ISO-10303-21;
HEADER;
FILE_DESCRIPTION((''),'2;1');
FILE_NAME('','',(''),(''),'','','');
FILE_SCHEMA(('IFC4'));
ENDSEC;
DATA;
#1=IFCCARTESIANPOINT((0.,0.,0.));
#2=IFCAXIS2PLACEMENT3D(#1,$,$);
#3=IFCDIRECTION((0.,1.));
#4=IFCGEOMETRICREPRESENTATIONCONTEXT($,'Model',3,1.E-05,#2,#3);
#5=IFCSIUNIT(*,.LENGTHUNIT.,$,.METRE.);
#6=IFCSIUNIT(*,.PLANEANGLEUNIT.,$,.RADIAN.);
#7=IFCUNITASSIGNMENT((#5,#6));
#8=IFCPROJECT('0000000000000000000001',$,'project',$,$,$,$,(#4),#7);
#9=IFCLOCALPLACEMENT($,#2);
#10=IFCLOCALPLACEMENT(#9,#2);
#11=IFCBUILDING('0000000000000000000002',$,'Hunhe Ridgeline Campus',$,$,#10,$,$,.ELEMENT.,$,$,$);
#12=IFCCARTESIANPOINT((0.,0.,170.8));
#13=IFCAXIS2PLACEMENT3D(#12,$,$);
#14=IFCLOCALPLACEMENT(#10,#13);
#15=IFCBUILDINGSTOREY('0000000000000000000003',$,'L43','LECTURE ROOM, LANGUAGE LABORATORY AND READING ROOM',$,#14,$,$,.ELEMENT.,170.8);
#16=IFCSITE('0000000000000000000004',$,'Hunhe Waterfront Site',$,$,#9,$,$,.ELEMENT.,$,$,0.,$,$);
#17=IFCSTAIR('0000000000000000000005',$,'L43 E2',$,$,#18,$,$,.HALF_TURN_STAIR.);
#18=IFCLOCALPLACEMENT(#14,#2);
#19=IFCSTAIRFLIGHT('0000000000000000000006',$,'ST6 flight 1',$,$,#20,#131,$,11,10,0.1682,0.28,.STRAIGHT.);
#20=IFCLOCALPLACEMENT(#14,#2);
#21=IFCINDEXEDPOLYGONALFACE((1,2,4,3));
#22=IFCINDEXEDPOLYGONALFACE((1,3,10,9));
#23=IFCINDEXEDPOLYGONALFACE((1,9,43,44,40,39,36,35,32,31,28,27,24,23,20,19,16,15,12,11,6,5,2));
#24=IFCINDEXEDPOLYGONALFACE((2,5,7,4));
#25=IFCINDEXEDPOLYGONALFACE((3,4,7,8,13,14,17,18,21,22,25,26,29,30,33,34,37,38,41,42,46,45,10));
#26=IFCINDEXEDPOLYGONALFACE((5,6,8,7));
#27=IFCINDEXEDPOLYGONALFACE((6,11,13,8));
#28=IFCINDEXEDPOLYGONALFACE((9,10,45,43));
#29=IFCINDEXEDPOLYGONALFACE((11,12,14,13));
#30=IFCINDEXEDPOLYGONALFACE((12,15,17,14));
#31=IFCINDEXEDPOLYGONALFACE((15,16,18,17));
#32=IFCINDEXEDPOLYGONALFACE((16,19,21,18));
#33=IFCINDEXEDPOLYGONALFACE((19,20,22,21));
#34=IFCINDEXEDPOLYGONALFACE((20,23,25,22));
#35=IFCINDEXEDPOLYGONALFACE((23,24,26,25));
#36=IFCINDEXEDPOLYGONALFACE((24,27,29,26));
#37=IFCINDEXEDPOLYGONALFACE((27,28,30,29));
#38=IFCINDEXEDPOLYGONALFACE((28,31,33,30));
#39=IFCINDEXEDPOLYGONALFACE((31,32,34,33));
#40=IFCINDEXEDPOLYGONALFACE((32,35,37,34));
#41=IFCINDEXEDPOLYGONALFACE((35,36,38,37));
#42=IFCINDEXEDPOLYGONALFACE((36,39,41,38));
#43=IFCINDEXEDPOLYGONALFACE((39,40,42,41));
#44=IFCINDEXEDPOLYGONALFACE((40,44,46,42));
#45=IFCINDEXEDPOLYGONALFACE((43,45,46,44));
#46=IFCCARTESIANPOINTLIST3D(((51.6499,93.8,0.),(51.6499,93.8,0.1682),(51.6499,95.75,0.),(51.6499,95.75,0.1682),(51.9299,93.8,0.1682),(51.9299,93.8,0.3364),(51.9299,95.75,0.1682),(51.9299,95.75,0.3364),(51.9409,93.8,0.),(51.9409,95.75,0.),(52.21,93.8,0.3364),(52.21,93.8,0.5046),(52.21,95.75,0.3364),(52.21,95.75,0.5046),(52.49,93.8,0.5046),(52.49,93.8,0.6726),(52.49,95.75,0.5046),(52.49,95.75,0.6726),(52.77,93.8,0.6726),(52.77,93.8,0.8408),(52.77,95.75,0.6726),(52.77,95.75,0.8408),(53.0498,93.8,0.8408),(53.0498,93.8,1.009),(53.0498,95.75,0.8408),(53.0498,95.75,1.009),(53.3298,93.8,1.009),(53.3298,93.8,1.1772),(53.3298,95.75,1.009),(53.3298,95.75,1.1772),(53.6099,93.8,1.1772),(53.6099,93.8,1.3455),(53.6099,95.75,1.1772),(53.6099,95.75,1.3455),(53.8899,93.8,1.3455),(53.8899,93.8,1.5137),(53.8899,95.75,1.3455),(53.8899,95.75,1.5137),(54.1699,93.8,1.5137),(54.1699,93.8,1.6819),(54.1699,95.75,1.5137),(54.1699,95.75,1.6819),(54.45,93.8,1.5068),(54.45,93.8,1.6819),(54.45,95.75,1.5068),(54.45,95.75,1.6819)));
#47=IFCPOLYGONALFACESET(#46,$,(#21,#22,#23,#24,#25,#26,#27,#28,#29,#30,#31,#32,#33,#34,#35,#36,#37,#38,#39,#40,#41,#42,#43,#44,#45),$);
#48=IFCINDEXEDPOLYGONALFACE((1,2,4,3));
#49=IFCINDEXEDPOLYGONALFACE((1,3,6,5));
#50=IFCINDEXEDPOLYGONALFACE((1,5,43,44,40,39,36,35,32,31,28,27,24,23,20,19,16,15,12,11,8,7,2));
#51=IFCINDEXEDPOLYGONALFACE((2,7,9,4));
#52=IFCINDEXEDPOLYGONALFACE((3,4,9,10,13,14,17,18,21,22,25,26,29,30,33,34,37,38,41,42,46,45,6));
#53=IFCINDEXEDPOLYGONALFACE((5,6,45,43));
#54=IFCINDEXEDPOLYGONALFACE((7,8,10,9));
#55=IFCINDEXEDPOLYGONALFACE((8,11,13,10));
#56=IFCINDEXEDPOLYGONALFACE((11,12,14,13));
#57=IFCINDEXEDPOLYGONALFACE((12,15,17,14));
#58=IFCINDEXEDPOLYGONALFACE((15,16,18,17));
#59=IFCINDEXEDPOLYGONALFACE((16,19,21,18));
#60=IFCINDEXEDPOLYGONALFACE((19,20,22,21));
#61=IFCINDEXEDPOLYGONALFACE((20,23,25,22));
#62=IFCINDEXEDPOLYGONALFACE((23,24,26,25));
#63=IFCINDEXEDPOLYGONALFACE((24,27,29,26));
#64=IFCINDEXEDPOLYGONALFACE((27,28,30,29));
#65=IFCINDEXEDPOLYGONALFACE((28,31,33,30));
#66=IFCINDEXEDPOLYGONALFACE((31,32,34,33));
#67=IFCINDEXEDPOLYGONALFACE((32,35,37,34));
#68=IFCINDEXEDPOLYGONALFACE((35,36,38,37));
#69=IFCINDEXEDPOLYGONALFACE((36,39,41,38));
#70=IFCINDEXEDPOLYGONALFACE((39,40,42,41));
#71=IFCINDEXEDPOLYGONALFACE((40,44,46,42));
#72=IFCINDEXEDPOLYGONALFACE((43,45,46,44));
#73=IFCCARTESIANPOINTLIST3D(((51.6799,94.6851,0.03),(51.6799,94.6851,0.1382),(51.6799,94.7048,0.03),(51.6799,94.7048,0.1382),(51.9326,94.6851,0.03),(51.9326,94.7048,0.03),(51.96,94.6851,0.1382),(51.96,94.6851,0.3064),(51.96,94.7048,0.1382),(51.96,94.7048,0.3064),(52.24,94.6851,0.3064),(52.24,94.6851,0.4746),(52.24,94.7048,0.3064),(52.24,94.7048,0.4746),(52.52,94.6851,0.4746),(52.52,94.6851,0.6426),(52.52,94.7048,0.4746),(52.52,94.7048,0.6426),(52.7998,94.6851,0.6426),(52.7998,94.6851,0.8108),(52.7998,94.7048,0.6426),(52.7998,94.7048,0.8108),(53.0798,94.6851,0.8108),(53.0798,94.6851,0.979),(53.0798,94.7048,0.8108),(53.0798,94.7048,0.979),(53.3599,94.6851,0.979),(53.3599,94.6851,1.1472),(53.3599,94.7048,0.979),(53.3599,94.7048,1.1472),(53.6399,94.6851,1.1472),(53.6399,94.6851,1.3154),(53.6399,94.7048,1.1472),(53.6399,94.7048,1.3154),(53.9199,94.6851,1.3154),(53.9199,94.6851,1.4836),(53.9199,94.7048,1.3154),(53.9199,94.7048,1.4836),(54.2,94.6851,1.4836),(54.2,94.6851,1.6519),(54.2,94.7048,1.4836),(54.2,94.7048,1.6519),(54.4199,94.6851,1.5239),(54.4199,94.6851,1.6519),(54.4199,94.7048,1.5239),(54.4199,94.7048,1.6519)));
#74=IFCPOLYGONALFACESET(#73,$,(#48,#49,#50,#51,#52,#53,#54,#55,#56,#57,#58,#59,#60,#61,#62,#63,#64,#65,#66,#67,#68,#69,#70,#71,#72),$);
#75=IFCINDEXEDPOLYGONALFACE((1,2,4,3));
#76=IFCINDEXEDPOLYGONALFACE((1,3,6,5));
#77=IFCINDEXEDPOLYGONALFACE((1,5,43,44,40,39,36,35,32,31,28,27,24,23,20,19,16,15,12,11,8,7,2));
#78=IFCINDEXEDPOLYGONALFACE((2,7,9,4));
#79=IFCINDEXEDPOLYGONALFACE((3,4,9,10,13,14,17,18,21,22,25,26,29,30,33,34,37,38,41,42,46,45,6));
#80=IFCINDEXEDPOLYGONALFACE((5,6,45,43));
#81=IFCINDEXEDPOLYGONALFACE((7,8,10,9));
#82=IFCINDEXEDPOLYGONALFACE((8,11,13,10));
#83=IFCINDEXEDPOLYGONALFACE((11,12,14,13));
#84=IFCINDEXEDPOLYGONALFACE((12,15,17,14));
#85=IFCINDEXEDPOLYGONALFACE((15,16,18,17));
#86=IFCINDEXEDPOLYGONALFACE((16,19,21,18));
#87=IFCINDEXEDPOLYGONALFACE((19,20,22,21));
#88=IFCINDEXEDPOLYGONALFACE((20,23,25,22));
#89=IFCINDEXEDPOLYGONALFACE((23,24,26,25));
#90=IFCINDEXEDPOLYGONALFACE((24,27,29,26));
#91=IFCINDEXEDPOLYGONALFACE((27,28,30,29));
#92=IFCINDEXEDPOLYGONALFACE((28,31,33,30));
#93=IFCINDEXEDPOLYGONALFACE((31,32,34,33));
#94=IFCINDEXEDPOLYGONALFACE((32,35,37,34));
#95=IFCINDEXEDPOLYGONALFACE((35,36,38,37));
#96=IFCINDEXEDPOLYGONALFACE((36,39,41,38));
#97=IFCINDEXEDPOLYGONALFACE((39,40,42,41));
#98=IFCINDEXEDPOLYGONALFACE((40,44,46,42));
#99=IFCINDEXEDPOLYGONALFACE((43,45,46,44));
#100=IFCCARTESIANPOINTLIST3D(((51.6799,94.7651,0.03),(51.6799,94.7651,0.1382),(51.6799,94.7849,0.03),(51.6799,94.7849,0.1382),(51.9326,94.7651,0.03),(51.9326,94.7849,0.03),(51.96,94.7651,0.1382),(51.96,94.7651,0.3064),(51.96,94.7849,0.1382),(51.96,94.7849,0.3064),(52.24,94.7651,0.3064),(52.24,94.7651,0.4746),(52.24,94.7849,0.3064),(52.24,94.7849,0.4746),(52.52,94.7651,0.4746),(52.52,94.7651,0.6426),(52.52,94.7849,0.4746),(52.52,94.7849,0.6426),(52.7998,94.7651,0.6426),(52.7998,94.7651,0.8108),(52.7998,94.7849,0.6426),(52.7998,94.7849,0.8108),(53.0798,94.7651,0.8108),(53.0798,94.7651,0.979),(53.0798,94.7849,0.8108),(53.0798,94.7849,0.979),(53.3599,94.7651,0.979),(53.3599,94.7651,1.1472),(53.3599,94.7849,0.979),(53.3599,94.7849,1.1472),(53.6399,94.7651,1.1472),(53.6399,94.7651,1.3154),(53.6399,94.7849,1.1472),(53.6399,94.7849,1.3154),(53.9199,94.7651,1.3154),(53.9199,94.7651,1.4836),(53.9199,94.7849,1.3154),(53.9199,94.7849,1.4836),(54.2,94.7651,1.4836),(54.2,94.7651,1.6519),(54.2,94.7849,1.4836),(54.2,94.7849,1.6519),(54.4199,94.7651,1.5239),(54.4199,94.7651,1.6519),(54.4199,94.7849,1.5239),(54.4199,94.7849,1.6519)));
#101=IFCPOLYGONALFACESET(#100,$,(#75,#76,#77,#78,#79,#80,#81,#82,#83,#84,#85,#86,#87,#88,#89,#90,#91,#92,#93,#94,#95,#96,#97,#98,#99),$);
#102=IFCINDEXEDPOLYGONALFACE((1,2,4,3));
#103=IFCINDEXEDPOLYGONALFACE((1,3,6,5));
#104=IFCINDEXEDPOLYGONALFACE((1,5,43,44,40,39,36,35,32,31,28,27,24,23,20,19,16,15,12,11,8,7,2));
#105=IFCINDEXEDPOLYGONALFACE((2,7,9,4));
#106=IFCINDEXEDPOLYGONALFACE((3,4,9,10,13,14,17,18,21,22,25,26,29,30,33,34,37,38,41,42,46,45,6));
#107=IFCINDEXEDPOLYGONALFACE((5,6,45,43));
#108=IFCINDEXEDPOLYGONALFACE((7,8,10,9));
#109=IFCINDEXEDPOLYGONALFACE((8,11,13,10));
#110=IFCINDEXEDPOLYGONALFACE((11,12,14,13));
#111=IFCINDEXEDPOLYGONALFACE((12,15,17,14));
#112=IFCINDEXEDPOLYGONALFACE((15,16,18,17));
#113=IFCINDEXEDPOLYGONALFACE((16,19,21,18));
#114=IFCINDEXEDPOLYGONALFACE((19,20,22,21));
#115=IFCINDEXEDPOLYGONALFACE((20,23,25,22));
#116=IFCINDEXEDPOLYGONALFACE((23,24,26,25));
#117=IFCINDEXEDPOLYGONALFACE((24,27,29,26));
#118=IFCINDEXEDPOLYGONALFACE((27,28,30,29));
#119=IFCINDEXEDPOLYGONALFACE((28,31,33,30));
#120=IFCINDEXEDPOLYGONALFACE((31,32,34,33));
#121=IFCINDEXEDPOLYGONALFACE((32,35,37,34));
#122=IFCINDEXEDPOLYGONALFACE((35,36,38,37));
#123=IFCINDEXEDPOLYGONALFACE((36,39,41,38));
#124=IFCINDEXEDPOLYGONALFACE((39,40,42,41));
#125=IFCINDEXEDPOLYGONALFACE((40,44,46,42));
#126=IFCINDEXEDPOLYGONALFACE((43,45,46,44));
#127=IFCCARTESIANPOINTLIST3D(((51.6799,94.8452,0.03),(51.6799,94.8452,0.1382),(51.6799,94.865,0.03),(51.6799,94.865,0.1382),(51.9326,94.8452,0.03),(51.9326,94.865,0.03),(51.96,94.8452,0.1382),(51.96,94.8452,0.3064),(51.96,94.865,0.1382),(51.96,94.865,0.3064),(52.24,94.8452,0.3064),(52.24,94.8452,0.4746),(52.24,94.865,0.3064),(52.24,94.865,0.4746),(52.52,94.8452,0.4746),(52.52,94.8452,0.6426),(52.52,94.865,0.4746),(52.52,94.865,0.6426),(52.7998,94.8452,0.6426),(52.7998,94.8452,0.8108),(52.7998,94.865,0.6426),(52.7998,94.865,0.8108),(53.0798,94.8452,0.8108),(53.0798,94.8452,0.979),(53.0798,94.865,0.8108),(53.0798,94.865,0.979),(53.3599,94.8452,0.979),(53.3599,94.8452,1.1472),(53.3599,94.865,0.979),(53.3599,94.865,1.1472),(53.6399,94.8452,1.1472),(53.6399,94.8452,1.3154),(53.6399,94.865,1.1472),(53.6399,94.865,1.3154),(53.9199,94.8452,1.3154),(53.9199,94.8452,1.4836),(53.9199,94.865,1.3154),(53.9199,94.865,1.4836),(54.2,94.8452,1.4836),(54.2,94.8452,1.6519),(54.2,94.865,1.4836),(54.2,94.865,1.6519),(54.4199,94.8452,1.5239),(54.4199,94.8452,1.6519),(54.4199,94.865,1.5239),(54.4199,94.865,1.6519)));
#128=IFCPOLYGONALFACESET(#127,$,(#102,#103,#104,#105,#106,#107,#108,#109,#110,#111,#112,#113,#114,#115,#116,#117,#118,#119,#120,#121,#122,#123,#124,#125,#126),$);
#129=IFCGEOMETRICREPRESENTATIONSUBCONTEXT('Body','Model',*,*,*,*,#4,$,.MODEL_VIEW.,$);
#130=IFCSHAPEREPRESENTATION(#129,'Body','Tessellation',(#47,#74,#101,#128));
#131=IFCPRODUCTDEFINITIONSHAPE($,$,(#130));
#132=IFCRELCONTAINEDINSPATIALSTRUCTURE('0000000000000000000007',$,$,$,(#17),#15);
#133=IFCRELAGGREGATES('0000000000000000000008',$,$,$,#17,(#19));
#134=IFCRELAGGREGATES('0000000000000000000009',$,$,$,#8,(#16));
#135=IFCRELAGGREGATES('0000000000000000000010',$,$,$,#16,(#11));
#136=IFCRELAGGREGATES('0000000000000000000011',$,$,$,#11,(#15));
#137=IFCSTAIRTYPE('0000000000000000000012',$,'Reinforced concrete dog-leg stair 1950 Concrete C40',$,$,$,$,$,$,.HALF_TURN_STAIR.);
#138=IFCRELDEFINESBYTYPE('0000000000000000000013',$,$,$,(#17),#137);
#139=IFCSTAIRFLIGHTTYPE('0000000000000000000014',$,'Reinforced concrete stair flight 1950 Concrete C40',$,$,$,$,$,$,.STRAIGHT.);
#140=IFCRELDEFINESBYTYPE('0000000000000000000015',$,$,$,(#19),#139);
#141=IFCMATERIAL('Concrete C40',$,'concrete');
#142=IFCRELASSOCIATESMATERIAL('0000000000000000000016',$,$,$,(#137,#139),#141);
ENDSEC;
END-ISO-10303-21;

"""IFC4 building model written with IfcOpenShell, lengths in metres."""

from ifc_helpers import new_model, si_unit, direction, frame, origin, place, context, subcontext, project, spatial, polyline, outline, extrude, material, type_object, element, aggregate, save


model = new_model("IFC4")

# Units and contexts
model_context = context("Model", 3, precision=1e-05, world=origin(), true_north=direction((0.0, 1.0)))
body_context = subcontext(model_context, "Body", "Model", "MODEL_VIEW")
ifc_project = project(units=[si_unit("LENGTHUNIT", "METRE"), si_unit("PLANEANGLEUNIT", "RADIAN")], contexts=[model_context])

# Site, building, storey
site_placement = place(None, origin())
site = spatial("IfcSite", under=ifc_project, at=site_placement, Name="Hunhe Waterfront Site", CompositionType="ELEMENT", RefElevation=0.0)
building_placement = place(site_placement, origin())
building = spatial("IfcBuilding", under=site, at=building_placement, Name="Hunhe Ridgeline Campus", CompositionType="ELEMENT")
storey_placement = place(building_placement, frame((0.0, 0.0, 170.8)))
storey = spatial("IfcBuildingStorey", under=building, at=storey_placement, Name="L43", Description="LECTURE ROOM, LANGUAGE LABORATORY AND READING ROOM", CompositionType="ELEMENT", Elevation=170.8)

# Shared definitions
ifc_material_1 = material(Name="Concrete C40", Category="concrete")
stair_type = type_object("IfcStairType", Name="Reinforced concrete dog-leg stair 1950 Concrete C40", PredefinedType="HALF_TURN_STAIR", material=ifc_material_1)
stair_flight_type = type_object("IfcStairFlightType", Name="Reinforced concrete stair flight 1950 Concrete C40", PredefinedType="STRAIGHT", material=ifc_material_1)

# Stair, stair flight
stair_1_placement = place(storey_placement, origin())
stair_1 = element("IfcStair", 1, at=stair_1_placement, inside=storey, type_object=stair_type, Name="L43 E2", PredefinedType="HALF_TURN_STAIR")
stair_flight_1_placement = place(storey_placement, frame((51.6499, 94.7749, 0.0), z_axis=(0.0, 0.0, 1.0), x_axis=(1.0, 0.0, 0.0)))
stair_flight_1 = element("IfcStairFlight", 2, at=stair_flight_1_placement, type_object=stair_flight_type, Name="ST6 flight 1", NumberOfRisers=11, NumberOfTreads=10, PredefinedType="STRAIGHT", RiserHeight=0.1682, TreadLength=0.28, context=body_context, shape_type="SweptSolid", body=[
    extrude(outline(polyline([(0.0, 0.0), (0.0, 0.1682), (0.28, 0.1682), (0.28, 0.3364), (0.5601, 0.3364), (0.5601, 0.5046), (0.8401, 0.5046), (0.8401, 0.6726), (1.1201, 0.6726), (1.1201, 0.8408), (1.3999, 0.8408), (1.3999, 1.009), (1.6799, 1.009), (1.6799, 1.1772), (1.96, 1.1772), (1.96, 1.3455), (2.24, 1.3455), (2.24, 1.5137), (2.52, 1.5137), (2.52, 1.6819), (2.8, 1.6819), (2.8, 1.8501), (2.8, 1.5068), (0.291, 0.0), (0.0, 0.0)])), frame((0.0, 0.9751, 0.0), z_axis=(0.0, -1.0, 0.0), x_axis=(1.0, 0.0, 0.0)), (0.0, 0.0, 1.0), 1.95),
    extrude(outline(polyline([(0.03, 0.03), (0.03, 0.1382), (0.3101, 0.1382), (0.3101, 0.3064), (0.5901, 0.3064), (0.5901, 0.4746), (0.8701, 0.4746), (0.8701, 0.6426), (1.1499, 0.6426), (1.1499, 0.8108), (1.4299, 0.8108), (1.4299, 0.979), (1.71, 0.979), (1.71, 1.1472), (1.99, 1.1472), (1.99, 1.3154), (2.27, 1.3154), (2.27, 1.4836), (2.55, 1.4836), (2.55, 1.6519), (2.77, 1.6519), (2.77, 1.5239), (0.2827, 0.03), (0.03, 0.03)])), frame((0.0, -0.0701, 0.0), z_axis=(0.0, -1.0, 0.0), x_axis=(1.0, 0.0, 0.0)), (0.0, 0.0, 1.0), 0.0198),
    extrude(outline(polyline([(0.03, 0.03), (0.03, 0.1382), (0.3101, 0.1382), (0.3101, 0.3064), (0.5901, 0.3064), (0.5901, 0.4746), (0.8701, 0.4746), (0.8701, 0.6426), (1.1499, 0.6426), (1.1499, 0.8108), (1.4299, 0.8108), (1.4299, 0.979), (1.71, 0.979), (1.71, 1.1472), (1.99, 1.1472), (1.99, 1.3154), (2.27, 1.3154), (2.27, 1.4836), (2.55, 1.4836), (2.55, 1.6519), (2.77, 1.6519), (2.77, 1.5239), (0.2827, 0.03), (0.03, 0.03)])), frame((0.0, 0.01, 0.0), z_axis=(0.0, -1.0, 0.0), x_axis=(1.0, 0.0, 0.0)), (0.0, 0.0, 1.0), 0.0198),
    extrude(outline(polyline([(0.03, 0.03), (0.03, 0.1382), (0.3101, 0.1382), (0.3101, 0.3064), (0.5901, 0.3064), (0.5901, 0.4746), (0.8701, 0.4746), (0.8701, 0.6426), (1.1499, 0.6426), (1.1499, 0.8108), (1.4299, 0.8108), (1.4299, 0.979), (1.71, 0.979), (1.71, 1.1472), (1.99, 1.1472), (1.99, 1.3154), (2.27, 1.3154), (2.27, 1.4836), (2.55, 1.4836), (2.55, 1.6519), (2.77, 1.6519), (2.77, 1.5239), (0.2827, 0.03), (0.03, 0.03)])), frame((0.0, 0.0901, 0.0), z_axis=(0.0, -1.0, 0.0), x_axis=(1.0, 0.0, 0.0)), (0.0, 0.0, 1.0), 0.0198),
])
aggregate(stair_1, [stair_flight_1])

save(model, "model.ifc")
